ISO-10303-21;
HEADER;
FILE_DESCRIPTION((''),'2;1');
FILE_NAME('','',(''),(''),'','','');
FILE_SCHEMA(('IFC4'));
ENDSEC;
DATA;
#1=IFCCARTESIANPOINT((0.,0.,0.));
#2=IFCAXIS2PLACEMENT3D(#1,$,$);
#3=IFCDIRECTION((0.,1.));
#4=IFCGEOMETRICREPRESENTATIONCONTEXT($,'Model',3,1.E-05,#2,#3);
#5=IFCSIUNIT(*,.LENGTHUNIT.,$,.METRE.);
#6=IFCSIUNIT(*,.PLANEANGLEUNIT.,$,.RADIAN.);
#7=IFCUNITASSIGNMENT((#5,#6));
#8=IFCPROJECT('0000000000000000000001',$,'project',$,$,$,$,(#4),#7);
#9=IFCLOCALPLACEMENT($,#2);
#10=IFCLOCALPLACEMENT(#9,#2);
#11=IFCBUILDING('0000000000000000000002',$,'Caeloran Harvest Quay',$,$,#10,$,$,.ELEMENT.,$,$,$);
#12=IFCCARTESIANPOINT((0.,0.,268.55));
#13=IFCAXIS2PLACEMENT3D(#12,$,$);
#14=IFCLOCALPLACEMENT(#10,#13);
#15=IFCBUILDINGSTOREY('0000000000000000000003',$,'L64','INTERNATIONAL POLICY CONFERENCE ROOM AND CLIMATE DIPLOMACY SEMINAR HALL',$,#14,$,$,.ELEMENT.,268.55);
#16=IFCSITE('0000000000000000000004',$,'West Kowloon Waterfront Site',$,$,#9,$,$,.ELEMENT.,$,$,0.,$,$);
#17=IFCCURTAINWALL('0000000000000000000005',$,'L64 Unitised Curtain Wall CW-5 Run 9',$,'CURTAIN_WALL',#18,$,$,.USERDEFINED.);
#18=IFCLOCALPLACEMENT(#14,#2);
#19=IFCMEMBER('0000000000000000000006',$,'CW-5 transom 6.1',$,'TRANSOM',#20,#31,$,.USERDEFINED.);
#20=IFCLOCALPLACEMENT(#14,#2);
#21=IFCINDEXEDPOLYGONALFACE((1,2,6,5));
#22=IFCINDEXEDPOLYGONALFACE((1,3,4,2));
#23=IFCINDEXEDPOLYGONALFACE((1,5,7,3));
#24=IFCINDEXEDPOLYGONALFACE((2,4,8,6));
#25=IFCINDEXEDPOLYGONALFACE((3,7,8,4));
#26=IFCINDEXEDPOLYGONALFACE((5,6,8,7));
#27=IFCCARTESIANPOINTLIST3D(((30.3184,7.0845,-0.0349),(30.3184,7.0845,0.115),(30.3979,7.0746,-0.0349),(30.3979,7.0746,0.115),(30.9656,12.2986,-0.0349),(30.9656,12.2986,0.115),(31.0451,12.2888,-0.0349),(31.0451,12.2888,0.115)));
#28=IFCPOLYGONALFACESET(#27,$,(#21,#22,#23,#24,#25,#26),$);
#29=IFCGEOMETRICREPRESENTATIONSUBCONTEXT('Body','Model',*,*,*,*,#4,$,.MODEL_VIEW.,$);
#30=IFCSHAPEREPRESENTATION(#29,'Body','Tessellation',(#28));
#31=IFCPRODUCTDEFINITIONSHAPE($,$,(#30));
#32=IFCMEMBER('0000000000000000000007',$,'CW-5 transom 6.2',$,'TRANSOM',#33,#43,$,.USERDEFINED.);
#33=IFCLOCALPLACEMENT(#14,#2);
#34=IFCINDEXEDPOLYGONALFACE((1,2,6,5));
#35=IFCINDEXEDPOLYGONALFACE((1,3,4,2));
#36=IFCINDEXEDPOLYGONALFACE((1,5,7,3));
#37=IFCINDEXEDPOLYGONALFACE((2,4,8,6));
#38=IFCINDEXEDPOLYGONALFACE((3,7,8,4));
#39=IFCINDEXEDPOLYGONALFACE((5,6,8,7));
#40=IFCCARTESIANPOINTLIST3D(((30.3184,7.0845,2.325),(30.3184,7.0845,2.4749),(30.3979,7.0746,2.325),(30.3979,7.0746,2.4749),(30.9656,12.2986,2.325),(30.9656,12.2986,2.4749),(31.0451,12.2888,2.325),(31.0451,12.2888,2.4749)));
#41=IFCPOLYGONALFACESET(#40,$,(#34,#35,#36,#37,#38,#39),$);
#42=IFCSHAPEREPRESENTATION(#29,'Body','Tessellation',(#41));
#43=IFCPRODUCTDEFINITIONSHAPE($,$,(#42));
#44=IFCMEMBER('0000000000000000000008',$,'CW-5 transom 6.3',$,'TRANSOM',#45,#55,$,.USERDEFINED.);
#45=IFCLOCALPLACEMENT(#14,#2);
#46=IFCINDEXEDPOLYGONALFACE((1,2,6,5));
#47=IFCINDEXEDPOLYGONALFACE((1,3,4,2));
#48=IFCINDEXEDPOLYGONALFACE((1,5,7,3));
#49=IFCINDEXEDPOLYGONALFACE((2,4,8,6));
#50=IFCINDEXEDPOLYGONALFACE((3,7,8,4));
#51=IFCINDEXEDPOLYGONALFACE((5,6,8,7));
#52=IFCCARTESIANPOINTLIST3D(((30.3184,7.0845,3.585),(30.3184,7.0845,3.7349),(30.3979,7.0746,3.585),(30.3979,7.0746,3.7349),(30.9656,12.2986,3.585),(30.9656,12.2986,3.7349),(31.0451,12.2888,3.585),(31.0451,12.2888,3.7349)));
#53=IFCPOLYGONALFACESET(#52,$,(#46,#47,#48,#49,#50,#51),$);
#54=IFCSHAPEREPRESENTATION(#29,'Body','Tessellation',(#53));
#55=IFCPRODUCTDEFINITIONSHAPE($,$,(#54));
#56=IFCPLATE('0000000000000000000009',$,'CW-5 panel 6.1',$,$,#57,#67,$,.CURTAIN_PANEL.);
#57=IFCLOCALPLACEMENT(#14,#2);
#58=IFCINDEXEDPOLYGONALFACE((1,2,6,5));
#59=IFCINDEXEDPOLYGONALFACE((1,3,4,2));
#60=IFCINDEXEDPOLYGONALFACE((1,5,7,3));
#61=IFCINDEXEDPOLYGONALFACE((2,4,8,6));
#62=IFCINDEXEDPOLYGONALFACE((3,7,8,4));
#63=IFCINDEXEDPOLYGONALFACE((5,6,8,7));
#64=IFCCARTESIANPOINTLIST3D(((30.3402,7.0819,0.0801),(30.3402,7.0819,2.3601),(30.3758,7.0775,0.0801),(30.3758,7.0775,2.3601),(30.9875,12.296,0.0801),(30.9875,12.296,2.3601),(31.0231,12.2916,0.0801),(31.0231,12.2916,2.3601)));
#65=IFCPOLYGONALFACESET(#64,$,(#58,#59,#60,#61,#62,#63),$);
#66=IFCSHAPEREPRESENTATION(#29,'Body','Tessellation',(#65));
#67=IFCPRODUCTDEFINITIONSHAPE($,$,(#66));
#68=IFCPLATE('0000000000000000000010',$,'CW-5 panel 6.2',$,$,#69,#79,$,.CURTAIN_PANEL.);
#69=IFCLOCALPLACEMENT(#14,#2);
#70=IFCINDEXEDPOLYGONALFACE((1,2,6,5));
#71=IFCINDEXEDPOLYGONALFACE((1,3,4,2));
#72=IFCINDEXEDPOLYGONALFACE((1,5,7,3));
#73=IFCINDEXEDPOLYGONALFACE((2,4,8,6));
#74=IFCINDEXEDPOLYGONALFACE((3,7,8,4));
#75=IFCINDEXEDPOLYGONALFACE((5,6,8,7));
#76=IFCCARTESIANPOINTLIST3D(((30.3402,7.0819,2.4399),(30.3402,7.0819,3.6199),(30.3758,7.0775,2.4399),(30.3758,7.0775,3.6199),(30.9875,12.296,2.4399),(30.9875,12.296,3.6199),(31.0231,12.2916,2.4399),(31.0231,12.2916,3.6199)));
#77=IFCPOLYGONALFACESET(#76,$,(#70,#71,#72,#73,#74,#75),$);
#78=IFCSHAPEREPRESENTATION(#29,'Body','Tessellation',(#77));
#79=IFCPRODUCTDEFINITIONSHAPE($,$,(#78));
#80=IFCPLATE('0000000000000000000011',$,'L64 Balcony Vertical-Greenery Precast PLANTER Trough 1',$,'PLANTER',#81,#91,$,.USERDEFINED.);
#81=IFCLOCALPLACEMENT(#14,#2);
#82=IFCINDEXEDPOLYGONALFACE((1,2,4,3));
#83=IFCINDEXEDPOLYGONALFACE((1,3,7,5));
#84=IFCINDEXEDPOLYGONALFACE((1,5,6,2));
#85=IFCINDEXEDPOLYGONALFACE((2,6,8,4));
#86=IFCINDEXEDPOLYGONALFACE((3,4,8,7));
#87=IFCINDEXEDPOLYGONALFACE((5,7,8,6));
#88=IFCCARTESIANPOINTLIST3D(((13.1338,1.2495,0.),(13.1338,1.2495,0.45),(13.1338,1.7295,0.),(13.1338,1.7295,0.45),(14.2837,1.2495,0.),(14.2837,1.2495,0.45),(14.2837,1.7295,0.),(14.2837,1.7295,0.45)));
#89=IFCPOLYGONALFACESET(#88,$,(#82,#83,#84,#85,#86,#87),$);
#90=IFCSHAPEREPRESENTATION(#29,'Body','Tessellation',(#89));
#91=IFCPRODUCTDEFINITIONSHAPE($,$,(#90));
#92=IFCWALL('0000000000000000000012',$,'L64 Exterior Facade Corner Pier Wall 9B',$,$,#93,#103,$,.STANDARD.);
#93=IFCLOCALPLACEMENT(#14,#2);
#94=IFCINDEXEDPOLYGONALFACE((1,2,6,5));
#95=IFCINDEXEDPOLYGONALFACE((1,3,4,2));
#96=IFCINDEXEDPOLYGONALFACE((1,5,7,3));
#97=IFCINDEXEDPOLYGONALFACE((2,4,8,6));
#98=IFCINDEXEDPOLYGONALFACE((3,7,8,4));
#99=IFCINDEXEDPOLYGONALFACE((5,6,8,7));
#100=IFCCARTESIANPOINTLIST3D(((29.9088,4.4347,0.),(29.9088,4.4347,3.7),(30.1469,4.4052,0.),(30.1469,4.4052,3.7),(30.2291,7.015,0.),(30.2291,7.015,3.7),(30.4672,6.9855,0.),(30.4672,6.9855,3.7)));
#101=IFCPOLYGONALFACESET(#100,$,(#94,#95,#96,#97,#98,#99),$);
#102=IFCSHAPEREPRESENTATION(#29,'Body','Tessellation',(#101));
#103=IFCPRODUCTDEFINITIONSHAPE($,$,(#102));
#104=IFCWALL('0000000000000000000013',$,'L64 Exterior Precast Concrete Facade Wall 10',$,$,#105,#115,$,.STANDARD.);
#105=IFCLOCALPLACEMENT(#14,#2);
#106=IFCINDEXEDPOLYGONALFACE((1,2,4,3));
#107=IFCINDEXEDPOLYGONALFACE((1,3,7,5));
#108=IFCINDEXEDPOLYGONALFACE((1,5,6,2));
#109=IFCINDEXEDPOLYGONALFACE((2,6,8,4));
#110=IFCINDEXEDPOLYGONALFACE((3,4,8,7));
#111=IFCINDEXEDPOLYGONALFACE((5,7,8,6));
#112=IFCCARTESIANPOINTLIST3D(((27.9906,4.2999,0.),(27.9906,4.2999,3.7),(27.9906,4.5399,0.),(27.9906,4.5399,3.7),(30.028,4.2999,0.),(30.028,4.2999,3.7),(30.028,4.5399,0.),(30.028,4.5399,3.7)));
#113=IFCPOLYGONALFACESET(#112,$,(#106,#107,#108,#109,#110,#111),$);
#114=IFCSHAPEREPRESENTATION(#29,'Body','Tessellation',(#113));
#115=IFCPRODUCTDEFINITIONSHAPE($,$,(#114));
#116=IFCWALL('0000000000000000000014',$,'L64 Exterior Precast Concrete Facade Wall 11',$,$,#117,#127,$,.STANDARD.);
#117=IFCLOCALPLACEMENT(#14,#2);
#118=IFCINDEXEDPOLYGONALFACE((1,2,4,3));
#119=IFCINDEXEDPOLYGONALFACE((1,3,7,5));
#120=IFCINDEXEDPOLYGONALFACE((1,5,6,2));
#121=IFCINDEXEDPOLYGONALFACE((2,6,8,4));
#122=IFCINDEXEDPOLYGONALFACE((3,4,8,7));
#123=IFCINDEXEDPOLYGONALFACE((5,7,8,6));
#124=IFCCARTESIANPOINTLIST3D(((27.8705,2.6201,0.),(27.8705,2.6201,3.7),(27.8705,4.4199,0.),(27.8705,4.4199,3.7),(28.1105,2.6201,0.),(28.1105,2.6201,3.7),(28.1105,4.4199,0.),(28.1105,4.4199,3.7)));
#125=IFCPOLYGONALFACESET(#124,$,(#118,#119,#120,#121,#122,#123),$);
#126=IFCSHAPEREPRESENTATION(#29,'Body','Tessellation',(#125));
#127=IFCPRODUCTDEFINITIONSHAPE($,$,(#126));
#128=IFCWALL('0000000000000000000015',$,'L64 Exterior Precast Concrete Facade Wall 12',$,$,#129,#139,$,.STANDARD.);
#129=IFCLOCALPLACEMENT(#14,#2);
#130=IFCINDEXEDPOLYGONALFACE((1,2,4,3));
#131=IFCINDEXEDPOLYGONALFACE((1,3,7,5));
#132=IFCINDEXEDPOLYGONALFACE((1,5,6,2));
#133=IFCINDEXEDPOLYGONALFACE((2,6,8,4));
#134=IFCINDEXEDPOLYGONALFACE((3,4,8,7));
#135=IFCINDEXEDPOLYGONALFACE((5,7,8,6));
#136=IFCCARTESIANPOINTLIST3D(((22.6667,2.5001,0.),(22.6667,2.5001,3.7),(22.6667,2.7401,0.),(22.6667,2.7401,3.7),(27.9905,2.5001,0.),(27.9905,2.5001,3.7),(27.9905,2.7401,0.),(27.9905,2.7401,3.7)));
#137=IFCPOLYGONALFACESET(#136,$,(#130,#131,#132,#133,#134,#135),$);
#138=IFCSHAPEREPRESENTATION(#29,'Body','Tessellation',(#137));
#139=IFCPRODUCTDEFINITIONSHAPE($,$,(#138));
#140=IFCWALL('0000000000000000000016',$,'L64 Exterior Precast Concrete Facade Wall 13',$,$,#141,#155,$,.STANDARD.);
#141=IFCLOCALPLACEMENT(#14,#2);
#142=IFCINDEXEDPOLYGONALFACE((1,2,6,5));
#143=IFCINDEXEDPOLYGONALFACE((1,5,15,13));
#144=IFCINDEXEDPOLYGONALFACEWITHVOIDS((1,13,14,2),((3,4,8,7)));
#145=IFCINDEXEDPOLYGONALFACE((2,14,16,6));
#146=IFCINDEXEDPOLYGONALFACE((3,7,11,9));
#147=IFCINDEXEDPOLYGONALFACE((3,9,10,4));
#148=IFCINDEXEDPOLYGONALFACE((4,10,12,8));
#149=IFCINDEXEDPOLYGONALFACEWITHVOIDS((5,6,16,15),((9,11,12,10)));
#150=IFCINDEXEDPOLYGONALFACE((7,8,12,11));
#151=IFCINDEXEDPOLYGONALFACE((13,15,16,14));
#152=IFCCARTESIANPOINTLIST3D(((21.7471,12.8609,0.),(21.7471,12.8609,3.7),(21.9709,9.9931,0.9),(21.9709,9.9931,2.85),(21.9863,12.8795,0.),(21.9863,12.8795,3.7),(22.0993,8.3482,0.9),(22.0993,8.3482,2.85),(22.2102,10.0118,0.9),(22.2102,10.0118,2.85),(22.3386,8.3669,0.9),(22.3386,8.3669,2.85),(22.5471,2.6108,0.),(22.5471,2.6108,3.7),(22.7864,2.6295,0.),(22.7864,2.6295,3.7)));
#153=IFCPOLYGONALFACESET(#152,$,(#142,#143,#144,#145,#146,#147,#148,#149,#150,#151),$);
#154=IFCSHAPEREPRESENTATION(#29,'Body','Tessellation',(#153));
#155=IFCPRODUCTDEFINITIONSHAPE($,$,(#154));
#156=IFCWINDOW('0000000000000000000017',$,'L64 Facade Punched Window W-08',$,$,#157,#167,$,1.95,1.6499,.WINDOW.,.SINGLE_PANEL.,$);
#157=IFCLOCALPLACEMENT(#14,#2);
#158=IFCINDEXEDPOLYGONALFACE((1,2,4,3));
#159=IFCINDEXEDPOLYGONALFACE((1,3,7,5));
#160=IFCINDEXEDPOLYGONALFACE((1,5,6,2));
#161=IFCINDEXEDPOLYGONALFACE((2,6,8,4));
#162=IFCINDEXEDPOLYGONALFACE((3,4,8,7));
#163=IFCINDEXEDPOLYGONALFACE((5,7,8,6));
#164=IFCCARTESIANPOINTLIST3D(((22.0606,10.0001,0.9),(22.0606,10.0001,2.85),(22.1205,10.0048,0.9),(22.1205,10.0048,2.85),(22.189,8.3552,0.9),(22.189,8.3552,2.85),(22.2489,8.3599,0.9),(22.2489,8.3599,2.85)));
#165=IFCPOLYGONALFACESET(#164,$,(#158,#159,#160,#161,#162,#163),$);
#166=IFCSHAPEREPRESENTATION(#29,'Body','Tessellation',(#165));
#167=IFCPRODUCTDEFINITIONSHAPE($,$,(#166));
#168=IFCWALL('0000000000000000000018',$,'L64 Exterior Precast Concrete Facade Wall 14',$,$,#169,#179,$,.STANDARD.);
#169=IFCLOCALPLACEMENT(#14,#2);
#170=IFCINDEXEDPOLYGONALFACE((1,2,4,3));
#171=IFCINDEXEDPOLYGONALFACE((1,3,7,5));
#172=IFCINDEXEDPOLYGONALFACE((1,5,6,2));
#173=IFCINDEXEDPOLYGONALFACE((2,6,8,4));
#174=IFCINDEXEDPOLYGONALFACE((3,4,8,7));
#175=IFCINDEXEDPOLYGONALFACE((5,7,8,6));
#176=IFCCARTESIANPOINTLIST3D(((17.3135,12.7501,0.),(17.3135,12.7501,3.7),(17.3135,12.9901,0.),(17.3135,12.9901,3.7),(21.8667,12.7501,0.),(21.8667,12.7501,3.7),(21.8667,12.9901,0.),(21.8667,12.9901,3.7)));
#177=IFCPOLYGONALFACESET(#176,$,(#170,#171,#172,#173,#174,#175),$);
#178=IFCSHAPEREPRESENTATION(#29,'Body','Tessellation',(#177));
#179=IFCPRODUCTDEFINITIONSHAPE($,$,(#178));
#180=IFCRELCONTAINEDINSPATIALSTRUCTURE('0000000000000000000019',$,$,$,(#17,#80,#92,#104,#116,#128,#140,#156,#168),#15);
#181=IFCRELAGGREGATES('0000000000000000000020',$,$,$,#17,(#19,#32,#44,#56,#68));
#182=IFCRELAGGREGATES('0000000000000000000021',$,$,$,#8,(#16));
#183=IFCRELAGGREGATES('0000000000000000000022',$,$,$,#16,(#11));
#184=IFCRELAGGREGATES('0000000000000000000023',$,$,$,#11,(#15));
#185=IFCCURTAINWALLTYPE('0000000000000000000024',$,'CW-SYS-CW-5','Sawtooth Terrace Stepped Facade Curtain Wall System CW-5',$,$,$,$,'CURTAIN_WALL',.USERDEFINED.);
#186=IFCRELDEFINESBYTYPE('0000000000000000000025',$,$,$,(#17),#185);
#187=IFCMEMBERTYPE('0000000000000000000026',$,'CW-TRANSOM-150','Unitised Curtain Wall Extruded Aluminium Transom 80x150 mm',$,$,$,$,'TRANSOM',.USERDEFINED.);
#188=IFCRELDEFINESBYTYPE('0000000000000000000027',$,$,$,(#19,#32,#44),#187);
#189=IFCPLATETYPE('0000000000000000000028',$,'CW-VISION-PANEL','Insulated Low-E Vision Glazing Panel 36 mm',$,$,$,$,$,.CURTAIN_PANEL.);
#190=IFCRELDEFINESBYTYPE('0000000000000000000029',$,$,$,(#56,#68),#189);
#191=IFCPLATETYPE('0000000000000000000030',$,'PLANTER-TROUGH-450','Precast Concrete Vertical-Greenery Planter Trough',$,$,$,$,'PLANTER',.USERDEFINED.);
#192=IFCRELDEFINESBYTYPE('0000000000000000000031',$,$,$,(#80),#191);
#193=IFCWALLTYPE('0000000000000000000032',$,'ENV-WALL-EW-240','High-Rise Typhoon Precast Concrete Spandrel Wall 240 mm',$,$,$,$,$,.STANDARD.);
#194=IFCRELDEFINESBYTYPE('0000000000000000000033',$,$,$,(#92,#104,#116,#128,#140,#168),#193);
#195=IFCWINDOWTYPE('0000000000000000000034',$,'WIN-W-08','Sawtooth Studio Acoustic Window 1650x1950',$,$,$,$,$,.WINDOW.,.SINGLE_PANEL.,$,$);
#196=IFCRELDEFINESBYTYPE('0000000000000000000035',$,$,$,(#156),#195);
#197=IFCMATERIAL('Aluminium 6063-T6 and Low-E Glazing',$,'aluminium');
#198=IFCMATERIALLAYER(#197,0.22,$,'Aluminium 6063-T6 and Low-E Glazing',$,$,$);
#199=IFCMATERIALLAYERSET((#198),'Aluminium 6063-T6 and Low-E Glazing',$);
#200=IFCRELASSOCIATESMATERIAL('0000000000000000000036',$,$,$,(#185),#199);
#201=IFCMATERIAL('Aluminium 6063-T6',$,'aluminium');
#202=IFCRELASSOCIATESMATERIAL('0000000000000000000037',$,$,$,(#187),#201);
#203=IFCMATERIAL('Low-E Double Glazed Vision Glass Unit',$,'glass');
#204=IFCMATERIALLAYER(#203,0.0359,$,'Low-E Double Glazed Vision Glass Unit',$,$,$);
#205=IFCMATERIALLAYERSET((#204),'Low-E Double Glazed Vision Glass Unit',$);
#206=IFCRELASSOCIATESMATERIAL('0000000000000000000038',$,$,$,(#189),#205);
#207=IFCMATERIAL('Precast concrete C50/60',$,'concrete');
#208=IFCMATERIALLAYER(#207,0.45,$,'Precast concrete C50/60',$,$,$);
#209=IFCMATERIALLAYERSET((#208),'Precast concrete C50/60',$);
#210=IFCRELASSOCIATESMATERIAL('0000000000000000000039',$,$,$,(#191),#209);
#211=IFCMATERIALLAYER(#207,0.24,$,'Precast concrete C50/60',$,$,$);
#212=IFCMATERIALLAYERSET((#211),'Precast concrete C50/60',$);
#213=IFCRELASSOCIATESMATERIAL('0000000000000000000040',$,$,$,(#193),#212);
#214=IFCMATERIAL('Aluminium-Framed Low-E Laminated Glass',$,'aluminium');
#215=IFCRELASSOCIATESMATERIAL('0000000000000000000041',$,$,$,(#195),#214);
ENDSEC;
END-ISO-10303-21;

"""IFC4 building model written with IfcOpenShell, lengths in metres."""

from ifc_helpers import new_model, si_unit, direction, frame, frame_2d, origin, origin_2d, place, context, subcontext, project, spatial, rectangle, extrude, material, layer, layer_set, material_profile, profile_set, type_object, element, fill, aggregate, save


model = new_model("IFC4")

# Units and contexts
model_context = context("Model", 3, precision=1e-05, world=origin(), true_north=direction((0.0, 1.0)))
body_context = subcontext(model_context, "Body", "Model", "MODEL_VIEW")
ifc_project = project(units=[si_unit("LENGTHUNIT", "METRE"), si_unit("PLANEANGLEUNIT", "RADIAN")], contexts=[model_context])

# Site, building, storey
site_placement = place(None, origin())
site = spatial("IfcSite", under=ifc_project, at=site_placement, Name="West Kowloon Waterfront Site", CompositionType="ELEMENT", RefElevation=0.0)
building_placement = place(site_placement, origin())
building = spatial("IfcBuilding", under=site, at=building_placement, Name="Caeloran Harvest Quay", CompositionType="ELEMENT")
storey_placement = place(building_placement, frame((0.0, 0.0, 268.55)))
storey = spatial("IfcBuildingStorey", under=building, at=storey_placement, Name="L64", Description="INTERNATIONAL POLICY CONFERENCE ROOM AND CLIMATE DIPLOMACY SEMINAR HALL", CompositionType="ELEMENT", Elevation=268.55)

# Curtain wall, members, plates
ifc_material_1 = material(Name="Aluminium 6063-T6 and Low-E Glazing", Category="aluminium")
ifc_layer_1 = layer(ifc_material_1, 0.22, Name="Aluminium 6063-T6 and Low-E Glazing")
ifc_layer_set_1 = layer_set([ifc_layer_1], Name="Aluminium 6063-T6 and Low-E Glazing")
curtain_wall_type = type_object("IfcCurtainWallType", Name="CW-SYS-CW-5", Description="Sawtooth Terrace Stepped Facade Curtain Wall System CW-5", ElementType="CURTAIN_WALL", PredefinedType="USERDEFINED", material=ifc_layer_set_1)
curtain_wall_placement = place(storey_placement, origin())
curtain_wall = element("IfcCurtainWall", 1, at=curtain_wall_placement, inside=storey, type_object=curtain_wall_type, Name="L64 Unitised Curtain Wall CW-5 Run 9", ObjectType="CURTAIN_WALL", PredefinedType="USERDEFINED")
ifc_material_2 = material(Name="Aluminium 6063-T6", Category="aluminium")
ifc_material_profile_1 = material_profile(ifc_material_2, rectangle(XDim=0.0801, YDim=0.1499, at=origin_2d()), Name="CW-TRANSOM-150")
ifc_profile_set_1 = profile_set([ifc_material_profile_1], Name="Aluminium 6063-T6")
member_type_1 = type_object("IfcMemberType", Name="CW-TRANSOM-150", Description="Unitised Curtain Wall Extruded Aluminium Transom 80x150 mm", ElementType="TRANSOM", PredefinedType="USERDEFINED", material=ifc_profile_set_1)
member_1_placement = place(storey_placement, frame((31.0054, 12.2937, 0.04), z_axis=(-0.123183, -0.992384, 0.0), x_axis=(0.992384, -0.123183, 0.0)))
member_1 = element("IfcMember", 2, at=member_1_placement, type_object=member_type_1, Name="CW-5 transom 6.1", ObjectType="TRANSOM", PredefinedType="USERDEFINED", context=body_context, shape_type="SweptSolid", body=[
    extrude(rectangle(XDim=0.0801, YDim=0.1499, at=origin_2d()), origin(), (0.0, 0.0, 1.0), 5.2542),
])
member_2_placement = place(storey_placement, frame((31.0054, 12.2937, 2.3999), z_axis=(-0.123183, -0.992384, 0.0), x_axis=(0.992384, -0.123183, 0.0)))
member_2 = element("IfcMember", 3, at=member_2_placement, type_object=member_type_1, Name="CW-5 transom 6.2", ObjectType="TRANSOM", PredefinedType="USERDEFINED", context=body_context, shape_type="SweptSolid", body=[
    extrude(rectangle(XDim=0.0801, YDim=0.1499, at=origin_2d()), origin(), (0.0, 0.0, 1.0), 5.2542),
])
member_3_placement = place(storey_placement, frame((31.0054, 12.2937, 3.6599), z_axis=(-0.123183, -0.992384, 0.0), x_axis=(0.992384, -0.123183, 0.0)))
member_3 = element("IfcMember", 4, at=member_3_placement, type_object=member_type_1, Name="CW-5 transom 6.3", ObjectType="TRANSOM", PredefinedType="USERDEFINED", context=body_context, shape_type="SweptSolid", body=[
    extrude(rectangle(XDim=0.0801, YDim=0.1499, at=origin_2d()), origin(), (0.0, 0.0, 1.0), 5.2542),
])
ifc_material_3 = material(Name="Low-E Double Glazed Vision Glass Unit", Category="glass")
ifc_layer_2 = layer(ifc_material_3, 0.0359, Name="Low-E Double Glazed Vision Glass Unit")
ifc_layer_set_2 = layer_set([ifc_layer_2], Name="Low-E Double Glazed Vision Glass Unit")
plate_type_1 = type_object("IfcPlateType", Name="CW-VISION-PANEL", Description="Insulated Low-E Vision Glazing Panel 36 mm", PredefinedType="CURTAIN_PANEL", material=ifc_layer_set_2)
plate_1_placement = place(storey_placement, frame((30.6816, 9.6868, 0.0801), z_axis=(0.0, 0.0, 1.0), x_axis=(-0.12319, -0.992383, 0.0)))
plate_1 = element("IfcPlate", 5, at=plate_1_placement, type_object=plate_type_1, Name="CW-5 panel 6.1", PredefinedType="CURTAIN_PANEL", context=body_context, shape_type="SweptSolid", body=[
    extrude(rectangle(XDim=5.2542, YDim=0.0359, at=origin_2d()), origin(), (0.0, 0.0, 1.0), 2.28),
])
plate_2_placement = place(storey_placement, frame((30.6816, 9.6868, 2.4399), z_axis=(0.0, 0.0, 1.0), x_axis=(-0.12319, -0.992383, 0.0)))
plate_2 = element("IfcPlate", 6, at=plate_2_placement, type_object=plate_type_1, Name="CW-5 panel 6.2", PredefinedType="CURTAIN_PANEL", context=body_context, shape_type="SweptSolid", body=[
    extrude(rectangle(XDim=5.2542, YDim=0.0359, at=origin_2d()), origin(), (0.0, 0.0, 1.0), 1.1799),
])
aggregate(curtain_wall, [member_1, member_2, member_3, plate_1, plate_2])

# Plate
ifc_material_4 = material(Name="Precast concrete C50/60", Category="concrete")
ifc_layer_3 = layer(ifc_material_4, 0.45, Name="Precast concrete C50/60")
ifc_layer_set_3 = layer_set([ifc_layer_3], Name="Precast concrete C50/60")
plate_type_2 = type_object("IfcPlateType", Name="PLANTER-TROUGH-450", Description="Precast Concrete Vertical-Greenery Planter Trough", ElementType="PLANTER", PredefinedType="USERDEFINED", material=ifc_layer_set_3)
plate_3_placement = place(storey_placement, frame((13.7087, 1.4895, 0.0), z_axis=(0.0, 0.0, 1.0), x_axis=(1.0, 0.0, 0.0)))
element("IfcPlate", 7, at=plate_3_placement, inside=storey, type_object=plate_type_2, Name="L64 Balcony Vertical-Greenery Precast PLANTER Trough 1", ObjectType="PLANTER", PredefinedType="USERDEFINED", context=body_context, shape_type="SweptSolid", body=[
    extrude(rectangle(XDim=1.1499, YDim=0.48, at=origin_2d()), origin(), (0.0, 0.0, 1.0), 0.45),
])

# Walls
ifc_layer_4 = layer(ifc_material_4, 0.24, Name="Precast concrete C50/60")
ifc_layer_set_4 = layer_set([ifc_layer_4], Name="Precast concrete C50/60")
wall_type_1 = type_object("IfcWallType", Name="ENV-WALL-EW-240", Description="High-Rise Typhoon Precast Concrete Spandrel Wall 240 mm", PredefinedType="STANDARD", material=ifc_layer_set_4)
wall_1_placement = place(storey_placement, frame((30.3481, 7.0002, 0.0), z_axis=(0.0, 0.0, 1.0), x_axis=(-0.123191, -0.992383, 0.0)))
element("IfcWall", 8, at=wall_1_placement, inside=storey, type_object=wall_type_1, Name="L64 Exterior Facade Corner Pier Wall 9B", PredefinedType="STANDARD", context=body_context, shape_type="SweptSolid", body=[
    extrude(rectangle(XDim=2.6001, YDim=0.24, at=frame_2d((1.3, 0.0))), origin(), (0.0, 0.0, 1.0), 3.7),
])
wall_2_placement = place(storey_placement, frame((30.0278, 4.4199, 0.0), z_axis=(0.0, 0.0, 1.0), x_axis=(-1.0, 0.0, 0.0)))
element("IfcWall", 9, at=wall_2_placement, inside=storey, type_object=wall_type_1, Name="L64 Exterior Precast Concrete Facade Wall 10", PredefinedType="STANDARD", context=body_context, shape_type="SweptSolid", body=[
    extrude(rectangle(XDim=2.0374, YDim=0.24, at=frame_2d((1.0186, 0.0))), origin(), (0.0, 0.0, 1.0), 3.7),
])
wall_3_placement = place(storey_placement, frame((27.9905, 4.4199, 0.0), z_axis=(0.0, 0.0, 1.0), x_axis=(0.0, -1.0, 0.0)))
element("IfcWall", 10, at=wall_3_placement, inside=storey, type_object=wall_type_1, Name="L64 Exterior Precast Concrete Facade Wall 11", PredefinedType="STANDARD", context=body_context, shape_type="SweptSolid", body=[
    extrude(rectangle(XDim=1.7998, YDim=0.24, at=frame_2d((0.8999, 0.0))), origin(), (0.0, 0.0, 1.0), 3.7),
])
wall_4_placement = place(storey_placement, frame((27.9905, 2.6201, 0.0), z_axis=(0.0, 0.0, 1.0), x_axis=(-1.0, 0.0, 0.0)))
element("IfcWall", 11, at=wall_4_placement, inside=storey, type_object=wall_type_1, Name="L64 Exterior Precast Concrete Facade Wall 12", PredefinedType="STANDARD", context=body_context, shape_type="SweptSolid", body=[
    extrude(rectangle(XDim=5.3237, YDim=0.24, at=frame_2d((2.6619, 0.0))), origin(), (0.0, 0.0, 1.0), 3.7),
])

# Wall, opening, window
wall_5_placement = place(storey_placement, frame((22.6667, 2.6201, 0.0), z_axis=(0.0, 0.0, 1.0), x_axis=(-0.077817, 0.996968, 0.0)))
wall_5 = element("IfcWall", 12, at=wall_5_placement, inside=storey, type_object=wall_type_1, Name="L64 Exterior Precast Concrete Facade Wall 13", PredefinedType="STANDARD", context=body_context, shape_type="SweptSolid", body=[
    extrude(rectangle(XDim=10.2812, YDim=0.24, at=frame_2d((5.1406, 0.0))), origin(), (0.0, 0.0, 1.0), 3.7),
])
opening_1_placement = place(wall_5_placement, frame((5.7549, 0.0, 0.8999)))
opening_1 = element("IfcOpeningElement", 13, at=opening_1_placement, cuts=wall_5, PredefinedType="OPENING", context=body_context, shape_type="SweptSolid", body=[
    extrude(rectangle(XDim=1.6499, YDim=1.95, at=frame_2d((0.825, 0.9751))), frame((0.0, 0.1299, 0.0), z_axis=(0.0, -1.0, 0.0), x_axis=(1.0, 0.0, 0.0)), (0.0, 0.0, 1.0), 0.26),
])
ifc_material_5 = material(Name="Aluminium-Framed Low-E Laminated Glass", Category="aluminium")
window_type = type_object("IfcWindowType", Name="WIN-W-08", Description="Sawtooth Studio Acoustic Window 1650x1950", PartitioningType="SINGLE_PANEL", PredefinedType="WINDOW", material=ifc_material_5)
window_placement = place(opening_1_placement, origin())
window = element("IfcWindow", 14, at=window_placement, inside=storey, type_object=window_type, Name="L64 Facade Punched Window W-08", OverallHeight=1.95, OverallWidth=1.6499, PartitioningType="SINGLE_PANEL", PredefinedType="WINDOW", context=body_context, shape_type="SweptSolid", body=[
    extrude(rectangle(XDim=1.6499, YDim=1.95, at=frame_2d((0.825, 0.9751))), frame((0.0, 0.03, 0.0), z_axis=(0.0, -1.0, 0.0), x_axis=(1.0, 0.0, 0.0)), (0.0, 0.0, 1.0), 0.0601),
])
fill(opening_1, window)

# Wall
wall_6_placement = place(storey_placement, frame((21.8667, 12.8701, 0.0), z_axis=(0.0, 0.0, 1.0), x_axis=(-1.0, 0.0, 0.0)))
element("IfcWall", 15, at=wall_6_placement, inside=storey, type_object=wall_type_1, Name="L64 Exterior Precast Concrete Facade Wall 14", PredefinedType="STANDARD", context=body_context, shape_type="SweptSolid", body=[
    extrude(rectangle(XDim=4.5532, YDim=0.24, at=frame_2d((2.2766, 0.0))), origin(), (0.0, 0.0, 1.0), 3.7),
])

save(model, "model.ifc")
